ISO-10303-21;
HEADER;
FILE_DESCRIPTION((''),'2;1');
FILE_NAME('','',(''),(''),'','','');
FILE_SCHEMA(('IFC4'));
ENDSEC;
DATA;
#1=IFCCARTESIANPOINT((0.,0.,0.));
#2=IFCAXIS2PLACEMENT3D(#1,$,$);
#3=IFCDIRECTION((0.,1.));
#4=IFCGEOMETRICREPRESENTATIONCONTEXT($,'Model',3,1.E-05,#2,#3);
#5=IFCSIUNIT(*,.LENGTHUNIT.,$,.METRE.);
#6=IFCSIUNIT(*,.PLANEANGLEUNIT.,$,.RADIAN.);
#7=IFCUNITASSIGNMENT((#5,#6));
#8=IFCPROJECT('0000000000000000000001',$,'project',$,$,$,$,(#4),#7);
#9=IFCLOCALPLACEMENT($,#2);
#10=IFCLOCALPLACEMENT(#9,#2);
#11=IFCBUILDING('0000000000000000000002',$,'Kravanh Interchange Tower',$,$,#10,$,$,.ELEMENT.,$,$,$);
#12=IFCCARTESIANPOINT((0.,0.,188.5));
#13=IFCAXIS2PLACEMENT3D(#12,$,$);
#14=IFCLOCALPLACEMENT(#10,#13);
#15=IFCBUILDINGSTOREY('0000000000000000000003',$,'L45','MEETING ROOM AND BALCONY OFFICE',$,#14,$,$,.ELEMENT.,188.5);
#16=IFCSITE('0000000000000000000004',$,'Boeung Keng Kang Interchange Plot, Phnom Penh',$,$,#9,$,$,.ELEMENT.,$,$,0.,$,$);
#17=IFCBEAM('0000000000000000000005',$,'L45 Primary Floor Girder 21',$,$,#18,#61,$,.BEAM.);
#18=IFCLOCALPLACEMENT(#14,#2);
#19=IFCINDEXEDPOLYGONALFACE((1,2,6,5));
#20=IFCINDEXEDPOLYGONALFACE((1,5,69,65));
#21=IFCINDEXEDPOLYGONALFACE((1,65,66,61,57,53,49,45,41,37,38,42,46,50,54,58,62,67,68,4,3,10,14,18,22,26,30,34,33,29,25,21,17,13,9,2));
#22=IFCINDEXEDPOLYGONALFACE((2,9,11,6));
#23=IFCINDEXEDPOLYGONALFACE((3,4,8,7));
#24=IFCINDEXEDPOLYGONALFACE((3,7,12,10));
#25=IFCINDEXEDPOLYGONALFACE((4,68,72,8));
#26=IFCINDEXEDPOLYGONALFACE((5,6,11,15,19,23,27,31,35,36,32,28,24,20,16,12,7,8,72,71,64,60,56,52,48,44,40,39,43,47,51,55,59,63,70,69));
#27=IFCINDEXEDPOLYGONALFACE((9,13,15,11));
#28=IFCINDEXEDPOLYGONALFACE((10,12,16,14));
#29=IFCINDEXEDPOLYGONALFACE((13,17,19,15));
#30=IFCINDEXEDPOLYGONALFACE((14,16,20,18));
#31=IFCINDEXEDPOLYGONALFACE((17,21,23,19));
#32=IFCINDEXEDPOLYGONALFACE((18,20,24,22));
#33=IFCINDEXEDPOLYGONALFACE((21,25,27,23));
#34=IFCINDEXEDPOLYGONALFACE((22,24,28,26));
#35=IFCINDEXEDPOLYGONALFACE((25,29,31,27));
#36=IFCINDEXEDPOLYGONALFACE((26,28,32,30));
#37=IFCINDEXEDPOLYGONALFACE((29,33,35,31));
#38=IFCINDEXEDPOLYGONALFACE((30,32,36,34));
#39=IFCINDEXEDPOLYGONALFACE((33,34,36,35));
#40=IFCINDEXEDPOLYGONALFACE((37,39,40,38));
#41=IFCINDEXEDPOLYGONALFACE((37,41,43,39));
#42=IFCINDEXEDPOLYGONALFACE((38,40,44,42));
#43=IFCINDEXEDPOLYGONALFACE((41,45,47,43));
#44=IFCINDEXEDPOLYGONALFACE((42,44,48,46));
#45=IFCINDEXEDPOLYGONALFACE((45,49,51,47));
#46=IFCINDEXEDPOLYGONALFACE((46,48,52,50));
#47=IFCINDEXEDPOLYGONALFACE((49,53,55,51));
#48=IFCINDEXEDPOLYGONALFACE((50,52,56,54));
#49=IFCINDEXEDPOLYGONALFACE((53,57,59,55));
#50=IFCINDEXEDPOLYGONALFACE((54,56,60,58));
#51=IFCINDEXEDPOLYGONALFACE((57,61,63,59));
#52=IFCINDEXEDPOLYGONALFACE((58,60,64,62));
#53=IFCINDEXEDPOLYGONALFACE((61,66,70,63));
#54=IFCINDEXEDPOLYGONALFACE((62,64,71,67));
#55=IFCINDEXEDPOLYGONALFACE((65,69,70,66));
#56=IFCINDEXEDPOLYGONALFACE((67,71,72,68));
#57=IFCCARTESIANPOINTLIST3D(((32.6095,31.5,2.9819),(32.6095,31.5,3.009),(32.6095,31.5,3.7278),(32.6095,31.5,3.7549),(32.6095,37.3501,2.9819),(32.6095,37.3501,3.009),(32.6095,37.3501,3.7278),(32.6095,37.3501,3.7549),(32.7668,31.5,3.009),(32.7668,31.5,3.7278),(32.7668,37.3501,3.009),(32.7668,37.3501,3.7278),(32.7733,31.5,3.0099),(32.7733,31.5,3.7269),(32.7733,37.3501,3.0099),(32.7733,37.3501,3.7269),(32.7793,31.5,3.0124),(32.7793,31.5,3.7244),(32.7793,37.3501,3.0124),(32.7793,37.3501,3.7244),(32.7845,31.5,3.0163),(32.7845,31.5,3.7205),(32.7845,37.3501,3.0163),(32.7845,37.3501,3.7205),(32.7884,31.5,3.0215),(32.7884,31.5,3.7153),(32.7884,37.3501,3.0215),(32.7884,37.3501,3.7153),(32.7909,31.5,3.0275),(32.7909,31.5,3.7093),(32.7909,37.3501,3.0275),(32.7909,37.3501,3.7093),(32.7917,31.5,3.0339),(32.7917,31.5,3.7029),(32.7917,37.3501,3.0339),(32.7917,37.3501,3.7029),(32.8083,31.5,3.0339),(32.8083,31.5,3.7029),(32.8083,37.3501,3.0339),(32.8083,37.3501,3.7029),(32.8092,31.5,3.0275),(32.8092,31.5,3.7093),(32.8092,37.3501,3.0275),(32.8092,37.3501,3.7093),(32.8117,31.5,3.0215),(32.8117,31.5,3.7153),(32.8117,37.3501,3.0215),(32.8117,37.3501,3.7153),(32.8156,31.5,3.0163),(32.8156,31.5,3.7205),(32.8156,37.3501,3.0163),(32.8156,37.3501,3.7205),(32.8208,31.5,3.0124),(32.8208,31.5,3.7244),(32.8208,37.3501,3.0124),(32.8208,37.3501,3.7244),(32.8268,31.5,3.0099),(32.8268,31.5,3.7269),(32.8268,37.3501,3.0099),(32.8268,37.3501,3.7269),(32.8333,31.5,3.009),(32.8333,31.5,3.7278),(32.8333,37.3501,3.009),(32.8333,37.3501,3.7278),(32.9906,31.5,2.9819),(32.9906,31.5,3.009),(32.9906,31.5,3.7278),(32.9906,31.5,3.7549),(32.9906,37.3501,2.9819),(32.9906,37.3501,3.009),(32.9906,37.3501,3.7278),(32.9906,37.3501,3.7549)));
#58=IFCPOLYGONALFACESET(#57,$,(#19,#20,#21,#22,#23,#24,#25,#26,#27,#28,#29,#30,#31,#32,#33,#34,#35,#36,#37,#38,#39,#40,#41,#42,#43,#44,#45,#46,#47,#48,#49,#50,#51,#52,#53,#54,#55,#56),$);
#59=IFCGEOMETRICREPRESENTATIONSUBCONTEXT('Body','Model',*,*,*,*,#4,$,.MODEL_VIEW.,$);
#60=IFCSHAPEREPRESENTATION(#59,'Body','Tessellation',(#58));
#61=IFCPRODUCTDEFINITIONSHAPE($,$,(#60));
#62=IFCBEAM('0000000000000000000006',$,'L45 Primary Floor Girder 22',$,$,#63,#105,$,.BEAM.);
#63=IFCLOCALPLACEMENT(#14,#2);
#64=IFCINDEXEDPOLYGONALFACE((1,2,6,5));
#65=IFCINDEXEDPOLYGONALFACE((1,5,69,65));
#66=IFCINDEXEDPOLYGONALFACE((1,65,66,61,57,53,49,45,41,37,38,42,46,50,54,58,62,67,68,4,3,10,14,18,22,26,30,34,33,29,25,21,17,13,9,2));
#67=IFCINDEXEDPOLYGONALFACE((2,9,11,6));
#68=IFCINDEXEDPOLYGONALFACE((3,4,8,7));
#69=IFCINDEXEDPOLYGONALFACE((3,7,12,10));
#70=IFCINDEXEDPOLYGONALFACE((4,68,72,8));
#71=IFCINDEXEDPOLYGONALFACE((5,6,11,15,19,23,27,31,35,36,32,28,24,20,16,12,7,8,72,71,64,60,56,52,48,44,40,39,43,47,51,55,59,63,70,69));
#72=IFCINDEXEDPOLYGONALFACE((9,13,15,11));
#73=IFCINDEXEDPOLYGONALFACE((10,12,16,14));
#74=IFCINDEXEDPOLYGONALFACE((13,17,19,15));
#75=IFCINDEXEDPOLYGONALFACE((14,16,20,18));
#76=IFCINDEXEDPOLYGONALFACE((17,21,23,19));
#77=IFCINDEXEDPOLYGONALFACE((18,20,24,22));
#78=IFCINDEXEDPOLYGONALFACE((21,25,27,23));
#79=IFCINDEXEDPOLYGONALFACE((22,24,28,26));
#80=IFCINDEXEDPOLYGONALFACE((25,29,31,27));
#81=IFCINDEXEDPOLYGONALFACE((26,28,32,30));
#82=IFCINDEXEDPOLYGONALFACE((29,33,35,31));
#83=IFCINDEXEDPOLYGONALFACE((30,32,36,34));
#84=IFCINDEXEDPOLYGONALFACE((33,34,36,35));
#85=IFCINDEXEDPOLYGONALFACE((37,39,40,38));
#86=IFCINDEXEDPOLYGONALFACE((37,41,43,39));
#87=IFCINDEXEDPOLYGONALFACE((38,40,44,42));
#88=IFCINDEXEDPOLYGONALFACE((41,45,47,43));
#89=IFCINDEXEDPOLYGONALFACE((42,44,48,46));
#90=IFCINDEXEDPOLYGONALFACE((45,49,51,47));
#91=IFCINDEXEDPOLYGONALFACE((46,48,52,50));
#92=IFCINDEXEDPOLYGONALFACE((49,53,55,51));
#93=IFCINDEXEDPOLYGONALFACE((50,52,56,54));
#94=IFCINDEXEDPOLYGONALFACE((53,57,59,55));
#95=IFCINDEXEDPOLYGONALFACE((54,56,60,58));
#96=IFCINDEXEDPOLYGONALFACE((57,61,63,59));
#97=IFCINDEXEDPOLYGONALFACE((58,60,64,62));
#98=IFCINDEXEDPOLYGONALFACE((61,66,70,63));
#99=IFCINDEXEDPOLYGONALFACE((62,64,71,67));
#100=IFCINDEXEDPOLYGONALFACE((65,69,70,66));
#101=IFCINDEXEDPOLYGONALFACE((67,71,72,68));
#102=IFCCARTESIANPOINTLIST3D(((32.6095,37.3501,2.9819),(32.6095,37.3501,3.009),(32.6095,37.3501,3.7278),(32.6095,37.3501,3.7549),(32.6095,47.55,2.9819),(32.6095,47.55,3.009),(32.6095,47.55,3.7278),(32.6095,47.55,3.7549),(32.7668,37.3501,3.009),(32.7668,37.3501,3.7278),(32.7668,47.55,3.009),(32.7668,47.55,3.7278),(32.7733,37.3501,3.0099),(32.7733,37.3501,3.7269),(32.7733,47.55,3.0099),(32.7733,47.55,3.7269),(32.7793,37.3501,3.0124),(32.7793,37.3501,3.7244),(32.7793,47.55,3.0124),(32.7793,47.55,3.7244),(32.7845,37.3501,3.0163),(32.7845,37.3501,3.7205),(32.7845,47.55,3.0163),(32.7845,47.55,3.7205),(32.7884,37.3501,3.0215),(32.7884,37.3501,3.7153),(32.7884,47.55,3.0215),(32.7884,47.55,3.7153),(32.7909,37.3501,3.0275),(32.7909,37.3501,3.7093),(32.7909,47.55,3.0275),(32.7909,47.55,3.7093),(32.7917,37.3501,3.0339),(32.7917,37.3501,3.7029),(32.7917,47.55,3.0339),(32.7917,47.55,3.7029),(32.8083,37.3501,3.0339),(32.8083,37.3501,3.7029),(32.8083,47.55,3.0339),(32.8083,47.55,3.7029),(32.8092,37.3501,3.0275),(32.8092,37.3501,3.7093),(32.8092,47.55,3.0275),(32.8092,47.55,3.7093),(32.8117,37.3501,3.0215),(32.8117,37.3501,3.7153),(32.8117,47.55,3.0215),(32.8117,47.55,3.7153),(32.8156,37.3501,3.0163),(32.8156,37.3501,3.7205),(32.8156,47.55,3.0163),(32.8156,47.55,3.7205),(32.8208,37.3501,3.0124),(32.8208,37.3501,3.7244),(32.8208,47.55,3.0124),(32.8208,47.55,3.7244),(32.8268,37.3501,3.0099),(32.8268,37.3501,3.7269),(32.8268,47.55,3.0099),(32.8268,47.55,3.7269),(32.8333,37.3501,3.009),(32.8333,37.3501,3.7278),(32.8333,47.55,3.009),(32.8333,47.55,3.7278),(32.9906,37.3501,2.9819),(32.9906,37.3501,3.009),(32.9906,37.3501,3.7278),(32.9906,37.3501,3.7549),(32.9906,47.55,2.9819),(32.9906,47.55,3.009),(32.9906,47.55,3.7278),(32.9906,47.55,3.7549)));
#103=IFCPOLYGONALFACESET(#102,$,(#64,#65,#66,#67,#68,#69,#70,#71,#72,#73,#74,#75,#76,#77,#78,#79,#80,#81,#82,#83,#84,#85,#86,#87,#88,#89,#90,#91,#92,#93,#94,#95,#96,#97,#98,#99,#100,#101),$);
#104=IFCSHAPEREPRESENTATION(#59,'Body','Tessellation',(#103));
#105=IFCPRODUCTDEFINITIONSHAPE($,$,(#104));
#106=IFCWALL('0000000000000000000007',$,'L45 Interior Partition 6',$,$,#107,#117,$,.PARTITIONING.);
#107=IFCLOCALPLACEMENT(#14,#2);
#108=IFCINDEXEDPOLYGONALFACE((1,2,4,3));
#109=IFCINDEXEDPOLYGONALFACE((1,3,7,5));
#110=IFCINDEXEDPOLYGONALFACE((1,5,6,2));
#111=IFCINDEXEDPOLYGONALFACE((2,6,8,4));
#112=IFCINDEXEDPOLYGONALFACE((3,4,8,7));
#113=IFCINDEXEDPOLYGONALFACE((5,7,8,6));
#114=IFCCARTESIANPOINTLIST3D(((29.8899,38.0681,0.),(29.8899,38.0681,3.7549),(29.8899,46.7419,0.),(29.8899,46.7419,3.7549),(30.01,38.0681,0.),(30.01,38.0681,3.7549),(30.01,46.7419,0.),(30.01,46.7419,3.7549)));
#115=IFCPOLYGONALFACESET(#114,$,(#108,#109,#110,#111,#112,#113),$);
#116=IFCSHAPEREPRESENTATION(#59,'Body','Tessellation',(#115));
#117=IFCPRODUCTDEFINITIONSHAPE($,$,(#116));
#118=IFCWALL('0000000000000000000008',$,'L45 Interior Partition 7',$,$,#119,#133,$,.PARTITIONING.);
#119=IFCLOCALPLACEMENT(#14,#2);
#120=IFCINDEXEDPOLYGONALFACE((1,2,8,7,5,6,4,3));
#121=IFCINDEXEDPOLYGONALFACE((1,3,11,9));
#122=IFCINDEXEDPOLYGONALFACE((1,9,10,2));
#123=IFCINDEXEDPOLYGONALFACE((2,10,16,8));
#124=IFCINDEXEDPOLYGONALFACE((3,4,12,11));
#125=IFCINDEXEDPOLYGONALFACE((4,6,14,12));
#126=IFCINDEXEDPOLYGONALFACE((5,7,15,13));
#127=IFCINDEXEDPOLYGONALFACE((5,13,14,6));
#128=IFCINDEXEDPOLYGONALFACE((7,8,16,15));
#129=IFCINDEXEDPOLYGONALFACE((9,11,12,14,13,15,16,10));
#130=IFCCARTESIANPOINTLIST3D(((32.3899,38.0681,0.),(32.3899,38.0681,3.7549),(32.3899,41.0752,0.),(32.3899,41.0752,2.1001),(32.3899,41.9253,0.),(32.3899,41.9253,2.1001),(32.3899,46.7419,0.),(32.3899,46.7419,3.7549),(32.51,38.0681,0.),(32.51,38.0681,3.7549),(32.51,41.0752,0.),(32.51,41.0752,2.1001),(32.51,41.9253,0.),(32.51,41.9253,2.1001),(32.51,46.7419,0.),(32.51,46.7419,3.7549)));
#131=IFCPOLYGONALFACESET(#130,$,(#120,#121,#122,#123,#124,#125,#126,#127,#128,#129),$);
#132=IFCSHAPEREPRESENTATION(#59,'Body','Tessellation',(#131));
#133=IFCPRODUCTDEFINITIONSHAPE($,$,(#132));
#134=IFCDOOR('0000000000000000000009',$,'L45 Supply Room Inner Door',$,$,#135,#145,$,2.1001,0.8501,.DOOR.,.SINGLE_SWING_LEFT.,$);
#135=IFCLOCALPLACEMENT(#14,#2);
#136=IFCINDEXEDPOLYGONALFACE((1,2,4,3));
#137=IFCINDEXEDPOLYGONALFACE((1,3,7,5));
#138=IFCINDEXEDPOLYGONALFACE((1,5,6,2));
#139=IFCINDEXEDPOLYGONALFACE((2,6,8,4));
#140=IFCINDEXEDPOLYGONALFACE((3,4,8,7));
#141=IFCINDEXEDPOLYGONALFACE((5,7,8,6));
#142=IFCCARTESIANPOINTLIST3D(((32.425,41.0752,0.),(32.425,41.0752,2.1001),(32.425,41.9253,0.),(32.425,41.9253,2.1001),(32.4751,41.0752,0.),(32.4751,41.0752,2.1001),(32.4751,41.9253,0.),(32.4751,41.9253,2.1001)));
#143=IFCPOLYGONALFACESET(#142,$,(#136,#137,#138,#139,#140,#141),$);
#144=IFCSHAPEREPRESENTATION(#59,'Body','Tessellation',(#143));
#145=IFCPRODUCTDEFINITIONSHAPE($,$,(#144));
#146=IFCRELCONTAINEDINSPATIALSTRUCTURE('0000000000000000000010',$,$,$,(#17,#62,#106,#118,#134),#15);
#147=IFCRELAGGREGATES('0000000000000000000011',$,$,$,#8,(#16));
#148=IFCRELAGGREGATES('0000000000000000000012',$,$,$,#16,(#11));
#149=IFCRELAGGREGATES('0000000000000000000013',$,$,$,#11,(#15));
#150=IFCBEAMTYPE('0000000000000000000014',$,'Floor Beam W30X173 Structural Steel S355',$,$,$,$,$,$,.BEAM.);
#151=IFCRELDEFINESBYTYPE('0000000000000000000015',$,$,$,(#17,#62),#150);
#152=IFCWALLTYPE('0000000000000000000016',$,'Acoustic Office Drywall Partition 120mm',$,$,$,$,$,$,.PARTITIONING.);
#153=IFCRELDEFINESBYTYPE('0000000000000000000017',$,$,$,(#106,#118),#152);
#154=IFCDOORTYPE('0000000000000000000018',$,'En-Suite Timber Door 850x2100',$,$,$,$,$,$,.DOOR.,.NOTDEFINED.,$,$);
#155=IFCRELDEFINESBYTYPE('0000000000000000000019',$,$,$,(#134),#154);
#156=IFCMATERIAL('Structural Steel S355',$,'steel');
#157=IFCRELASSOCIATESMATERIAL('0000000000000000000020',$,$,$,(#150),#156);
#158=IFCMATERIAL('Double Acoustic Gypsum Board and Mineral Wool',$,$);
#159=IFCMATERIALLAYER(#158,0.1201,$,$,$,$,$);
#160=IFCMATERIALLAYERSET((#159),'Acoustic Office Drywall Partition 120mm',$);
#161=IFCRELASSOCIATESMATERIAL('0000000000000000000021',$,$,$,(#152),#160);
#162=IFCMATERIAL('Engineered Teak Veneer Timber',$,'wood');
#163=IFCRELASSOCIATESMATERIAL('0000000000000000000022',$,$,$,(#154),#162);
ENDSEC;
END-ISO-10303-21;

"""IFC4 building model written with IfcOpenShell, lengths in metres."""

from ifc_helpers import new_model, si_unit, direction, frame, frame_2d, origin, origin_2d, place, context, subcontext, project, spatial, rectangle, i_section, extrude, material, layer, layer_set, material_profile, profile_set, type_object, element, fill, save


model = new_model("IFC4")

# Units and contexts
model_context = context("Model", 3, precision=1e-05, world=origin(), true_north=direction((0.0, 1.0)))
body_context = subcontext(model_context, "Body", "Model", "MODEL_VIEW")
ifc_project = project(units=[si_unit("LENGTHUNIT", "METRE"), si_unit("PLANEANGLEUNIT", "RADIAN")], contexts=[model_context])

# Site, building, storey
site_placement = place(None, origin())
site = spatial("IfcSite", under=ifc_project, at=site_placement, Name="Boeung Keng Kang Interchange Plot, Phnom Penh", CompositionType="ELEMENT", RefElevation=0.0)
building_placement = place(site_placement, origin())
building = spatial("IfcBuilding", under=site, at=building_placement, Name="Kravanh Interchange Tower", CompositionType="ELEMENT")
storey_placement = place(building_placement, frame((0.0, 0.0, 188.5)))
storey = spatial("IfcBuildingStorey", under=building, at=storey_placement, Name="L45", Description="MEETING ROOM AND BALCONY OFFICE", CompositionType="ELEMENT", Elevation=188.5)

# Beams
ifc_material_1 = material(Name="Structural Steel S355", Category="steel")
ifc_material_profile_1 = material_profile(ifc_material_1, i_section(OverallWidth=0.3811, OverallDepth=0.7729, WebThickness=0.0166, FlangeThickness=0.0271, FilletRadius=0.0249, at=origin_2d()), Name="W30X173")
ifc_profile_set_1 = profile_set([ifc_material_profile_1], Name="Structural Steel S355")
beam_type = type_object("IfcBeamType", Name="Floor Beam W30X173 Structural Steel S355", PredefinedType="BEAM", material=ifc_profile_set_1)
beam_1_placement = place(storey_placement, frame((32.8, 37.3501, 3.3684), z_axis=(0.0, -1.0, 0.0), x_axis=(1.0, 0.0, 0.0)))
element("IfcBeam", 1, at=beam_1_placement, inside=storey, type_object=beam_type, Name="L45 Primary Floor Girder 21", PredefinedType="BEAM", context=body_context, shape_type="SweptSolid", body=[
    extrude(i_section(OverallWidth=0.3811, OverallDepth=0.7729, WebThickness=0.0166, FlangeThickness=0.0271, FilletRadius=0.0249, at=origin_2d()), origin(), (0.0, 0.0, 1.0), 5.8501),
])
beam_2_placement = place(storey_placement, frame((32.8, 37.3501, 3.3684), z_axis=(0.0, 1.0, 0.0), x_axis=(-1.0, 0.0, 0.0)))
element("IfcBeam", 2, at=beam_2_placement, inside=storey, type_object=beam_type, Name="L45 Primary Floor Girder 22", PredefinedType="BEAM", context=body_context, shape_type="SweptSolid", body=[
    extrude(i_section(OverallWidth=0.3811, OverallDepth=0.7729, WebThickness=0.0166, FlangeThickness=0.0271, FilletRadius=0.0249, at=origin_2d()), origin(), (0.0, 0.0, 1.0), 10.2),
])

# Wall
ifc_material_2 = material(Name="Double Acoustic Gypsum Board and Mineral Wool")
ifc_layer_1 = layer(ifc_material_2, 0.1201)
ifc_layer_set_1 = layer_set([ifc_layer_1], Name="Acoustic Office Drywall Partition 120mm")
wall_type_1 = type_object("IfcWallType", Name="Acoustic Office Drywall Partition 120mm", PredefinedType="PARTITIONING", material=ifc_layer_set_1)
wall_1_placement = place(storey_placement, frame((29.95, 38.0681, 0.0), z_axis=(0.0, 0.0, 1.0), x_axis=(0.0, 1.0, 0.0)))
element("IfcWall", 3, at=wall_1_placement, inside=storey, type_object=wall_type_1, Name="L45 Interior Partition 6", PredefinedType="PARTITIONING", context=body_context, shape_type="SweptSolid", body=[
    extrude(rectangle(XDim=8.6738, YDim=0.1201, at=frame_2d((4.3369, 0.0))), origin(), (0.0, 0.0, 1.0), 3.7549),
])

# Wall, opening, door
wall_2_placement = place(storey_placement, frame((32.45, 38.0681, 0.0), z_axis=(0.0, 0.0, 1.0), x_axis=(0.0, 1.0, 0.0)))
wall_2 = element("IfcWall", 4, at=wall_2_placement, inside=storey, type_object=wall_type_1, Name="L45 Interior Partition 7", PredefinedType="PARTITIONING", context=body_context, shape_type="SweptSolid", body=[
    extrude(rectangle(XDim=8.6738, YDim=0.1201, at=frame_2d((4.3369, 0.0))), origin(), (0.0, 0.0, 1.0), 3.7549),
])
opening_1_placement = place(wall_2_placement, frame((3.0071, 0.0, 0.0)))
opening_1 = element("IfcOpeningElement", 5, at=opening_1_placement, cuts=wall_2, PredefinedType="OPENING", context=body_context, shape_type="SweptSolid", body=[
    extrude(rectangle(XDim=0.8501, YDim=2.1001, at=frame_2d((0.425, 1.05))), frame((0.0, 0.0701, 0.0), z_axis=(0.0, -1.0, 0.0), x_axis=(1.0, 0.0, 0.0)), (0.0, 0.0, 1.0), 0.1401),
])
ifc_material_3 = material(Name="Engineered Teak Veneer Timber", Category="wood")
door_type_1 = type_object("IfcDoorType", Name="En-Suite Timber Door 850x2100", OperationType="NOTDEFINED", PredefinedType="DOOR", material=ifc_material_3)
door_1_placement = place(opening_1_placement, origin())
door_1 = element("IfcDoor", 6, at=door_1_placement, inside=storey, type_object=door_type_1, Name="L45 Supply Room Inner Door", OperationType="SINGLE_SWING_LEFT", OverallHeight=2.1001, OverallWidth=0.8501, PredefinedType="DOOR", context=body_context, shape_type="SweptSolid", body=[
    extrude(rectangle(XDim=0.8501, YDim=2.1001, at=frame_2d((0.425, 1.05))), frame((0.0, 0.0249, 0.0), z_axis=(0.0, -1.0, 0.0), x_axis=(1.0, 0.0, 0.0)), (0.0, 0.0, 1.0), 0.05),
])
fill(opening_1, door_1)

save(model, "model.ifc")
